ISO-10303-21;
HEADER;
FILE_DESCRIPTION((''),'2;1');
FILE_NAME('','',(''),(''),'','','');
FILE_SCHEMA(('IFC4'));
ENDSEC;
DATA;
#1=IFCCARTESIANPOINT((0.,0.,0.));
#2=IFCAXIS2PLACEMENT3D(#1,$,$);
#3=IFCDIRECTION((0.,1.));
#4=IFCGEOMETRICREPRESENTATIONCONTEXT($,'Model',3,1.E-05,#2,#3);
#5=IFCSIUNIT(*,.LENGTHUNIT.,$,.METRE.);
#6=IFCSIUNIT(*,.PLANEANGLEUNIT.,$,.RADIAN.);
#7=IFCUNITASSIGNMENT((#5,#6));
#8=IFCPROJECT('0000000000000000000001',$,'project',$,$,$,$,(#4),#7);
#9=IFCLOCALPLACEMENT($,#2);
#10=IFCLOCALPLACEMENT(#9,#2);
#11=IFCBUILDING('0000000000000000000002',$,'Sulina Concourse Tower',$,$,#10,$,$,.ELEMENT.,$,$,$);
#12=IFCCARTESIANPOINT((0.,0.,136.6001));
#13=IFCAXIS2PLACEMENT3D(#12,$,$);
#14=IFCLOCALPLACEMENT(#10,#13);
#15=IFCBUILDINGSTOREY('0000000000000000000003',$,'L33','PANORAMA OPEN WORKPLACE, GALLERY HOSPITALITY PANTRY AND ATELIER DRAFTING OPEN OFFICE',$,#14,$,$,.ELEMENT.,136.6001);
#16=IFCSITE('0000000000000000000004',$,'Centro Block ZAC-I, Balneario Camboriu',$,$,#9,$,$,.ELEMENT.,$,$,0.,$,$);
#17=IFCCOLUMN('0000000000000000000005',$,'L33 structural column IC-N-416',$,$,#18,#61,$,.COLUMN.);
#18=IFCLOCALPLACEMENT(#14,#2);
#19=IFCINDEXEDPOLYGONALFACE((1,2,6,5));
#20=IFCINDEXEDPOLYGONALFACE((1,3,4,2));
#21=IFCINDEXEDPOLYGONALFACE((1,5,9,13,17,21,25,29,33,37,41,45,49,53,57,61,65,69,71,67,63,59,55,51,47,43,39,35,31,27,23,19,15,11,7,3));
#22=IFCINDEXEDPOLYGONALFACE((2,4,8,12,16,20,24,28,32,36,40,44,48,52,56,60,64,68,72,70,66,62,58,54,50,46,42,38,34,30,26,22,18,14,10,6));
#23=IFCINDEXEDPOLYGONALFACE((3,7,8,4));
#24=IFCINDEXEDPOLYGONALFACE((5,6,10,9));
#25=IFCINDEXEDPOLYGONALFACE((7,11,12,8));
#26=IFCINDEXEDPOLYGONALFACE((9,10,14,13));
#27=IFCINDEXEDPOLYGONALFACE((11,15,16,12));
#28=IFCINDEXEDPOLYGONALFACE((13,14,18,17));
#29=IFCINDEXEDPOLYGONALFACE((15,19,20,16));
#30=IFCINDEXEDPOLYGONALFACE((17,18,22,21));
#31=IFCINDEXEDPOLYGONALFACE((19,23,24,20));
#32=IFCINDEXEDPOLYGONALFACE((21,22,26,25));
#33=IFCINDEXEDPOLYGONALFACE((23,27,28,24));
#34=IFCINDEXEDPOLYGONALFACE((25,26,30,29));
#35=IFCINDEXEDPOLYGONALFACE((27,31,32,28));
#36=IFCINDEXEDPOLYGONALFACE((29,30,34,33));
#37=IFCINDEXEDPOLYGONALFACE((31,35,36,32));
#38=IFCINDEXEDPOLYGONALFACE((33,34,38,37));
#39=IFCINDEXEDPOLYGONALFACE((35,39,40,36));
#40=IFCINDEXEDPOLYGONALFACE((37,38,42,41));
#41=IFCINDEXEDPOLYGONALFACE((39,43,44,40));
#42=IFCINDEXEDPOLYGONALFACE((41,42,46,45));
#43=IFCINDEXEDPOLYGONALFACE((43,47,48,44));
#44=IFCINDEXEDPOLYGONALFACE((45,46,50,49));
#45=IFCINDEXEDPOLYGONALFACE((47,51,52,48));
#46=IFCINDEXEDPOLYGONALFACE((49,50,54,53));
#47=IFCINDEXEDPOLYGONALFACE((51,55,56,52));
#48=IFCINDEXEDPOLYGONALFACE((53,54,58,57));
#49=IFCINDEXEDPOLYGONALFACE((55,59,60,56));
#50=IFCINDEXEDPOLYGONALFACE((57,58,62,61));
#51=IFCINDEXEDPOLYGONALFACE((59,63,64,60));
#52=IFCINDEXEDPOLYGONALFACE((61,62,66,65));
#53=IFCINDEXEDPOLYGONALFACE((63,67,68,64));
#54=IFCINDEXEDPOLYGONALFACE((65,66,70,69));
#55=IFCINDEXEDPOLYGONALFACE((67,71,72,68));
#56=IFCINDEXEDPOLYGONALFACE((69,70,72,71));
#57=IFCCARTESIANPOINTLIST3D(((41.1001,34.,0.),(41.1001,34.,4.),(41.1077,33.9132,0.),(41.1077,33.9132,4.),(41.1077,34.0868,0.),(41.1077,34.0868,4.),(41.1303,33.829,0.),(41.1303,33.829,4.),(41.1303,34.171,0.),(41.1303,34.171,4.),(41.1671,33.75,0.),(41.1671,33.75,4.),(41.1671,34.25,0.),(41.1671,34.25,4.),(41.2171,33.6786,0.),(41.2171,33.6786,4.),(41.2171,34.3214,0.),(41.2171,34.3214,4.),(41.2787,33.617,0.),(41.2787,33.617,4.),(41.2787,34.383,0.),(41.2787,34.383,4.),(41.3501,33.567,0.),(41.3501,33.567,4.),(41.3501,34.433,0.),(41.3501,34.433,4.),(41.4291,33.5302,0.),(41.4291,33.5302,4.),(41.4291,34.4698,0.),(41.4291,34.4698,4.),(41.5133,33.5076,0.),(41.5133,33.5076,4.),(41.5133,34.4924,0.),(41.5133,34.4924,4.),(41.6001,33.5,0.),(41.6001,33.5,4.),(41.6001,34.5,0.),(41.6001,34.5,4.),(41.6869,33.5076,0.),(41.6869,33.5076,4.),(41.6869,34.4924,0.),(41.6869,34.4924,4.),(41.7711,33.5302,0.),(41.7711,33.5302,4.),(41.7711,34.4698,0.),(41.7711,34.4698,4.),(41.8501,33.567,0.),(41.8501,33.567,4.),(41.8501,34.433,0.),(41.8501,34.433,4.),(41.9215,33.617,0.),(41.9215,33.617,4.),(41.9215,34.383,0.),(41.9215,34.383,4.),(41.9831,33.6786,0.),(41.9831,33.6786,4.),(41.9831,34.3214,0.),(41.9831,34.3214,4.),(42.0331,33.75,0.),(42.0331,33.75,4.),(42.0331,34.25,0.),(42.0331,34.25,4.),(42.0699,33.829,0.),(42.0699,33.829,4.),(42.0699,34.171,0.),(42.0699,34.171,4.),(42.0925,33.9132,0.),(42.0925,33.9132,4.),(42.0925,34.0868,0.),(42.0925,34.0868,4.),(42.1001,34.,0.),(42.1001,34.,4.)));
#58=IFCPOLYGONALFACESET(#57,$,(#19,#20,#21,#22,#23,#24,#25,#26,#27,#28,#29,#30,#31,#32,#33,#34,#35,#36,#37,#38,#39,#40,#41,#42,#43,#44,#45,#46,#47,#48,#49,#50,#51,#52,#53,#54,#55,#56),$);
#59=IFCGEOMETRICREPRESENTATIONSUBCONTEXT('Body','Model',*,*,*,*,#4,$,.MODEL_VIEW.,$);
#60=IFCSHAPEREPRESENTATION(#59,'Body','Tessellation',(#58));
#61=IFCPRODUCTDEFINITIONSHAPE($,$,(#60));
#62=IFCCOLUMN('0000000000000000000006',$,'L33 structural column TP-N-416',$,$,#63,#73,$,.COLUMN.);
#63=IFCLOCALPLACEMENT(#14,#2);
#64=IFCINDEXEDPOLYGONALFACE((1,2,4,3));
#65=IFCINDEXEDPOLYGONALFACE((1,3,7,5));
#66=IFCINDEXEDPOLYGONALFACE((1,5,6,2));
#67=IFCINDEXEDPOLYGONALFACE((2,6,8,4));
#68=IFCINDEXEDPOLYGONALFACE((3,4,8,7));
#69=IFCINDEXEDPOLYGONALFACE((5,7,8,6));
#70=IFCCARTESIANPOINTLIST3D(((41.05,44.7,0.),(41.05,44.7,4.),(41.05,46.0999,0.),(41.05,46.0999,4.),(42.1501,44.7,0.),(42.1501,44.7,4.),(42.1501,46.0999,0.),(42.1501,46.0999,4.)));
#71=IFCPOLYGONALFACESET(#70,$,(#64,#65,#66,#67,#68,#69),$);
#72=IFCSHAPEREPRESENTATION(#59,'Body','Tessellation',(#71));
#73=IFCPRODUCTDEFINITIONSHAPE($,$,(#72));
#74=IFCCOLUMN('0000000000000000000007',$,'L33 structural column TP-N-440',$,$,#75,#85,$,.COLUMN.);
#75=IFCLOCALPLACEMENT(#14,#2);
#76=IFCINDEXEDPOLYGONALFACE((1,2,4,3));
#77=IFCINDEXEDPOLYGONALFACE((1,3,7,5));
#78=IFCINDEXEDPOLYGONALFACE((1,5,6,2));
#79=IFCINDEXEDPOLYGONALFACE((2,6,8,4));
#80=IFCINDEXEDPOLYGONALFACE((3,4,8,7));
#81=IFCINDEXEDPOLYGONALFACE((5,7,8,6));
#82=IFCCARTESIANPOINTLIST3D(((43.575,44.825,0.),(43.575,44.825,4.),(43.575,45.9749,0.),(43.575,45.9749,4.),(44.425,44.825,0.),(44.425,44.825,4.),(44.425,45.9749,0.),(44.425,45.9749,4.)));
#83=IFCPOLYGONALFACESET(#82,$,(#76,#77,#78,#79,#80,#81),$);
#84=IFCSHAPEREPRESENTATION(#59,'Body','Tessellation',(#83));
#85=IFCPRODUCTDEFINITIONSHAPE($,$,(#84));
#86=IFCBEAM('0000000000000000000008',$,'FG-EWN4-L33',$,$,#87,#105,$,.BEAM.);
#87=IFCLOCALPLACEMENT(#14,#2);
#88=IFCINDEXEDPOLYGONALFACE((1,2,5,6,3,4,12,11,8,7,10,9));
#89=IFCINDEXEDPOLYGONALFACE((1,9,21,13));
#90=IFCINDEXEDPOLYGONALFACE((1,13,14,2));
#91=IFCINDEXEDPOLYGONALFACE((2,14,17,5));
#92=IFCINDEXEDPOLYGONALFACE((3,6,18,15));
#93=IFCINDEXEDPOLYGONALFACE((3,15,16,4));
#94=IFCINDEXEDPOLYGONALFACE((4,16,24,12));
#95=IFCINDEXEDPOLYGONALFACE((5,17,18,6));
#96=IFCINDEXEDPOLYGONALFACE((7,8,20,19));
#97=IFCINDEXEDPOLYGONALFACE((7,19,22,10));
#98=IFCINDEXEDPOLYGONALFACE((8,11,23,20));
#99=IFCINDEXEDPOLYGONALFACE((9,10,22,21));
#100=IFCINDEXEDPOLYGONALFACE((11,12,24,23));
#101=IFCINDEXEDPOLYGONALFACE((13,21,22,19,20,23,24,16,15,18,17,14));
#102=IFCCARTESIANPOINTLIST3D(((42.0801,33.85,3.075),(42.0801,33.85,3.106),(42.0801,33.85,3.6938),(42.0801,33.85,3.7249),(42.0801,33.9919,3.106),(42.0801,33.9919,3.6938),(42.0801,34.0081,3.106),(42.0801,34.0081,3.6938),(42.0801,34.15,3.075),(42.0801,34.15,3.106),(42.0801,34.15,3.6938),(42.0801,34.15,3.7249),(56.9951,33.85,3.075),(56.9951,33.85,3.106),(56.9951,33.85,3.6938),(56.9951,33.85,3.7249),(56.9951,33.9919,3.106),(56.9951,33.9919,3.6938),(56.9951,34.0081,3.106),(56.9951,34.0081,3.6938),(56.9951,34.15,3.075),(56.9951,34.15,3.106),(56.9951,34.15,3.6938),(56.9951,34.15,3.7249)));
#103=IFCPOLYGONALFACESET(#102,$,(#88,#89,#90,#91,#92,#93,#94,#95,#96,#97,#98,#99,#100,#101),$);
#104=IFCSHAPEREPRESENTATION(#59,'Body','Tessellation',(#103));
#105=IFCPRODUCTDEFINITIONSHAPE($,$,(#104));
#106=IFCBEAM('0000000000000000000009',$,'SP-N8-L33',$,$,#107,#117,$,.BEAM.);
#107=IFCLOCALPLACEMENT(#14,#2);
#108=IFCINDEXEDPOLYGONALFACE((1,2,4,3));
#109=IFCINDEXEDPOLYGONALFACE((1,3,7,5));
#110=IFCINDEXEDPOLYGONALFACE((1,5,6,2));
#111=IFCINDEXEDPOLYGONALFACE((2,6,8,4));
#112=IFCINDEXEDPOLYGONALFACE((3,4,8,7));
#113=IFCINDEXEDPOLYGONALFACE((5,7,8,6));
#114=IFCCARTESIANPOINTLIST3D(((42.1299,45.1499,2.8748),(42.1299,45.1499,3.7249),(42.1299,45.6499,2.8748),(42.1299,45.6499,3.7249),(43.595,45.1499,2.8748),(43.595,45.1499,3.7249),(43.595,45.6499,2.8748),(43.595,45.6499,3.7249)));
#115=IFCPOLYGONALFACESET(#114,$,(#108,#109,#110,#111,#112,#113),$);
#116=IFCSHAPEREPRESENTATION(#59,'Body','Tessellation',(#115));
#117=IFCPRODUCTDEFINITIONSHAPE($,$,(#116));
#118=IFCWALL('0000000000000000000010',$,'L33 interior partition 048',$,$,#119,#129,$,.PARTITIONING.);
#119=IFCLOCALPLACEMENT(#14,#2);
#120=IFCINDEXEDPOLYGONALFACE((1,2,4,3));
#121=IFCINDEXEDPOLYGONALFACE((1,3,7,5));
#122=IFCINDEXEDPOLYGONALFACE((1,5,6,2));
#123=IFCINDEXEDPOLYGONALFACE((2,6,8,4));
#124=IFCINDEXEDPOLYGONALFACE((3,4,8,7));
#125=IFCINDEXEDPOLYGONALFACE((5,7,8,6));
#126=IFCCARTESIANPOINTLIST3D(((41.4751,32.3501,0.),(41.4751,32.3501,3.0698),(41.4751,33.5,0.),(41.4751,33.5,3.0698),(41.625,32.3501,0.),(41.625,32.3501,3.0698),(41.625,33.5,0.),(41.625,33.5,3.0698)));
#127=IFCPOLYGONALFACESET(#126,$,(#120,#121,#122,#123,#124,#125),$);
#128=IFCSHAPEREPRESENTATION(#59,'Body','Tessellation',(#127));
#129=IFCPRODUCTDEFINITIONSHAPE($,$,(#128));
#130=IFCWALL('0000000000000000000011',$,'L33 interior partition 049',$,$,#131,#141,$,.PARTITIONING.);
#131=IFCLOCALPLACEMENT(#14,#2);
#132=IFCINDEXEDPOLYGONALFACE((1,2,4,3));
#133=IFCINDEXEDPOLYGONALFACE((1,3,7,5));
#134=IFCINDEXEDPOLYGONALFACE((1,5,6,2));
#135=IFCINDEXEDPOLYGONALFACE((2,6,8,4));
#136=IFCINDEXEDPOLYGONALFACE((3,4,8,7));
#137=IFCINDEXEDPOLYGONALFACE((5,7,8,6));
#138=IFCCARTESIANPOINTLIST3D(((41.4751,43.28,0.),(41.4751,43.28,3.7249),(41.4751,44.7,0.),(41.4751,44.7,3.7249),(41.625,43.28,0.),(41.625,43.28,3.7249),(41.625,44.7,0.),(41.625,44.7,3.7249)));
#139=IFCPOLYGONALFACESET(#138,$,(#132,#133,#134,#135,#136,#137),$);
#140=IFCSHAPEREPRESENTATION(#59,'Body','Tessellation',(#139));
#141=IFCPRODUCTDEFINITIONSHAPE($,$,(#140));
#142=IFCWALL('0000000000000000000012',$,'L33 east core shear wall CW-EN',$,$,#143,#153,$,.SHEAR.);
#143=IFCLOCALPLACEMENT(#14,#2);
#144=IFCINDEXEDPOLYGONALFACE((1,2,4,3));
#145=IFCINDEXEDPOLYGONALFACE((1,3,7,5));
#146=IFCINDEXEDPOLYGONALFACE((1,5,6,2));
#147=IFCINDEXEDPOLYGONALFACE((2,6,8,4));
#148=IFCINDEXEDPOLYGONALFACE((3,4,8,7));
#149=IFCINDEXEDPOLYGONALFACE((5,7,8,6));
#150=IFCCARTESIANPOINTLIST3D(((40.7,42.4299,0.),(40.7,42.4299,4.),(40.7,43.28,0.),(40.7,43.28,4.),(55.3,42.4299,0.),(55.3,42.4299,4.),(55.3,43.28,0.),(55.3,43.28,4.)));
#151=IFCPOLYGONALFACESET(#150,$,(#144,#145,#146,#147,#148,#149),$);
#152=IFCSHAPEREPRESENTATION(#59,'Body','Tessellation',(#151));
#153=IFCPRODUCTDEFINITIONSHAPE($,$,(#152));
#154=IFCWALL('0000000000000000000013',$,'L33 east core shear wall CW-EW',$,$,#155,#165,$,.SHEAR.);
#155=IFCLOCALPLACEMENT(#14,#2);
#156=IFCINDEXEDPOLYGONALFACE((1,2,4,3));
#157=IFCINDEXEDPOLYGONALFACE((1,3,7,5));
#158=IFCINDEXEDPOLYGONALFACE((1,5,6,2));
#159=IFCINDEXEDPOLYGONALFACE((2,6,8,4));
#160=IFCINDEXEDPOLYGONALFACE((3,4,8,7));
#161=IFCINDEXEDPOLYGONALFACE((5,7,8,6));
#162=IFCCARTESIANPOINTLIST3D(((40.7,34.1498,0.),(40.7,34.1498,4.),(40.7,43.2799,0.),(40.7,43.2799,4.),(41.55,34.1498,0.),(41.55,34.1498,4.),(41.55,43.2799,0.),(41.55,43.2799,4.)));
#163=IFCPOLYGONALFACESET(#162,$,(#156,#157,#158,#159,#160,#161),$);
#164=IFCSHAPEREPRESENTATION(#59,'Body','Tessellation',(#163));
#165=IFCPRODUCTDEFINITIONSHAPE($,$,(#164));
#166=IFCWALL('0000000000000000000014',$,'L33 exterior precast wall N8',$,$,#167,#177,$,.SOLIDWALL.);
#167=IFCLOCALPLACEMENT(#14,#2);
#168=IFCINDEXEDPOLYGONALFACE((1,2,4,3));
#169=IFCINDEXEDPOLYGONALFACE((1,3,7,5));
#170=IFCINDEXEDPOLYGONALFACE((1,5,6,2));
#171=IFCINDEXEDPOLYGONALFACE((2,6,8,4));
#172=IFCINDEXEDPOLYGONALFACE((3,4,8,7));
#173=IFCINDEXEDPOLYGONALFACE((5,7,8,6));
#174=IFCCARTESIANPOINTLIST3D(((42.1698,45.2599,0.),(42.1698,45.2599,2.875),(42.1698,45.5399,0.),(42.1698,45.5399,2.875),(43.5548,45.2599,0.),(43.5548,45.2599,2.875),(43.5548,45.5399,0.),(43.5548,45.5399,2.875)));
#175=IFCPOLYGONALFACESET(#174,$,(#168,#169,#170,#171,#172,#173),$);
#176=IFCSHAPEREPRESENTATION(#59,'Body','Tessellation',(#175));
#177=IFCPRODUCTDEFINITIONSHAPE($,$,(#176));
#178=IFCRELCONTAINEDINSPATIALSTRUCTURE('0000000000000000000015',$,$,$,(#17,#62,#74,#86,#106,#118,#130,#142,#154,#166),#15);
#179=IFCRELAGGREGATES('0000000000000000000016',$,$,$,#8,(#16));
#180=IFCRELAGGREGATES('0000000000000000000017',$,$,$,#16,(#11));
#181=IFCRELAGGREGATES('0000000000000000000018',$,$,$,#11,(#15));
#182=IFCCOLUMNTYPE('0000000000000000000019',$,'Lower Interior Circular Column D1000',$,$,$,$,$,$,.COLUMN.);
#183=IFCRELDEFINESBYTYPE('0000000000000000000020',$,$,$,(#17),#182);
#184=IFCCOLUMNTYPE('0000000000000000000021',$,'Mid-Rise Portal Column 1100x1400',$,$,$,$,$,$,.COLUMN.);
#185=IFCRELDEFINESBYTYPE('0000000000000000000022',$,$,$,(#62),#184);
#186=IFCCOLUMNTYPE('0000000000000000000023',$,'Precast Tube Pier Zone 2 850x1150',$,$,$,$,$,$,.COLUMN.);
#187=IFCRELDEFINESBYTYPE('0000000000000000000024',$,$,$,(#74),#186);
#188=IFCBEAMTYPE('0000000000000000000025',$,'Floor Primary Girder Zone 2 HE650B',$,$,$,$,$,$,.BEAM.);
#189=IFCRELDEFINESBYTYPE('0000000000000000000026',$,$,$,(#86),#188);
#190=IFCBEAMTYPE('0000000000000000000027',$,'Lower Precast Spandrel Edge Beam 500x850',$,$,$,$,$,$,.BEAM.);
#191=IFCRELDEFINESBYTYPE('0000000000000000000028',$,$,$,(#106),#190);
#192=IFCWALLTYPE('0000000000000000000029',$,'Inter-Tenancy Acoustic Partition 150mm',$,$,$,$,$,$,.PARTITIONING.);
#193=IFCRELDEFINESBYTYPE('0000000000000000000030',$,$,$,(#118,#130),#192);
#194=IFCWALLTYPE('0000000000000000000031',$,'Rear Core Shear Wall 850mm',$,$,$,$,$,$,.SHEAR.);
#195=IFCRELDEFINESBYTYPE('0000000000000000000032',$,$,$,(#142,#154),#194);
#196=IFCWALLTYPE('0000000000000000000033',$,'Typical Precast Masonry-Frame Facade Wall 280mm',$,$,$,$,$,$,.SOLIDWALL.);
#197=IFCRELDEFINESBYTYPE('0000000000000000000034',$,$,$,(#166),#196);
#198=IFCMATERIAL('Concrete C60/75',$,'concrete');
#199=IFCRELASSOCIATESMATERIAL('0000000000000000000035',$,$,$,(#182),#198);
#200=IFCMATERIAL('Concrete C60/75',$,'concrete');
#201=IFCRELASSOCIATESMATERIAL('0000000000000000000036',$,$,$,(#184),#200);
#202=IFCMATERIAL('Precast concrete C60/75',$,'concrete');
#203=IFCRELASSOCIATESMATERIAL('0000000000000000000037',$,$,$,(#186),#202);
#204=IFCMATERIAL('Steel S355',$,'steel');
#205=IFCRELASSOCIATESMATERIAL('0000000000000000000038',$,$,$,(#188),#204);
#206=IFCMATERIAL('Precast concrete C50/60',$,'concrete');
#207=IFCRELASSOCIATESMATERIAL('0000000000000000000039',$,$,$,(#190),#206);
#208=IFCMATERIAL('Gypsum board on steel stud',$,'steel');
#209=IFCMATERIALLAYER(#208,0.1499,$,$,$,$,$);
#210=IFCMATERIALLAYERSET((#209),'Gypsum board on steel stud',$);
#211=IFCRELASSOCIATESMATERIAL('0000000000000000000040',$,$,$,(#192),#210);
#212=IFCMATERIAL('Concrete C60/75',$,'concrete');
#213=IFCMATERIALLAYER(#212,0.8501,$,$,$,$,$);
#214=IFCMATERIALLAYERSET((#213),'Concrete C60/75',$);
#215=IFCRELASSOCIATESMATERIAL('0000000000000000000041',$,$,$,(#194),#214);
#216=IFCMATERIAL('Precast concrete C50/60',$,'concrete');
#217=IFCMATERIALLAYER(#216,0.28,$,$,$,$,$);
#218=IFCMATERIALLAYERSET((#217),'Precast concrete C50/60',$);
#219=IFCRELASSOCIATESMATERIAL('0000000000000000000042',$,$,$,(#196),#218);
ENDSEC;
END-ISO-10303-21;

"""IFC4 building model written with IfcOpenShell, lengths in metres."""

from ifc_helpers import new_model, si_unit, direction, frame, frame_2d, origin, origin_2d, place, context, subcontext, project, spatial, rectangle, circle, i_section, extrude, material, layer, layer_set, material_profile, profile_set, type_object, element, save


model = new_model("IFC4")

# Units and contexts
model_context = context("Model", 3, precision=1e-05, world=origin(), true_north=direction((0.0, 1.0)))
body_context = subcontext(model_context, "Body", "Model", "MODEL_VIEW")
ifc_project = project(units=[si_unit("LENGTHUNIT", "METRE"), si_unit("PLANEANGLEUNIT", "RADIAN")], contexts=[model_context])

# Site, building, storey
site_placement = place(None, origin())
site = spatial("IfcSite", under=ifc_project, at=site_placement, Name="Centro Block ZAC-I, Balneario Camboriu", CompositionType="ELEMENT", RefElevation=0.0)
building_placement = place(site_placement, origin())
building = spatial("IfcBuilding", under=site, at=building_placement, Name="Sulina Concourse Tower", CompositionType="ELEMENT")
storey_placement = place(building_placement, frame((0.0, 0.0, 136.6001)))
storey = spatial("IfcBuildingStorey", under=building, at=storey_placement, Name="L33", Description="PANORAMA OPEN WORKPLACE, GALLERY HOSPITALITY PANTRY AND ATELIER DRAFTING OPEN OFFICE", CompositionType="ELEMENT", Elevation=136.6001)

# Columns
ifc_material_1 = material(Name="Concrete C60/75", Category="concrete")
ifc_material_profile_1 = material_profile(ifc_material_1, circle(Radius=0.5, at=origin_2d()), Name="RC D1000")
ifc_profile_set_1 = profile_set([ifc_material_profile_1], Name="Concrete C60/75")
column_type_1 = type_object("IfcColumnType", Name="Lower Interior Circular Column D1000", PredefinedType="COLUMN", material=ifc_profile_set_1)
column_1_placement = place(storey_placement, frame((41.6001, 34.0, 0.0), z_axis=(0.0, 0.0, 1.0), x_axis=(1.0, 0.0, 0.0)))
element("IfcColumn", 1, at=column_1_placement, inside=storey, type_object=column_type_1, Name="L33 structural column IC-N-416", PredefinedType="COLUMN", context=body_context, shape_type="SweptSolid", body=[
    extrude(circle(Radius=0.5, at=origin_2d()), origin(), (0.0, 0.0, 1.0), 4.0),
])
ifc_material_2 = material(Name="Concrete C60/75", Category="concrete")
ifc_material_profile_2 = material_profile(ifc_material_2, rectangle(XDim=1.1001, YDim=1.3999, at=origin_2d()), Name="RC 1100x1400")
ifc_profile_set_2 = profile_set([ifc_material_profile_2], Name="Concrete C60/75")
column_type_2 = type_object("IfcColumnType", Name="Mid-Rise Portal Column 1100x1400", PredefinedType="COLUMN", material=ifc_profile_set_2)
column_2_placement = place(storey_placement, frame((41.6001, 45.3999, 0.0), z_axis=(0.0, 0.0, 1.0), x_axis=(1.0, 0.0, 0.0)))
element("IfcColumn", 2, at=column_2_placement, inside=storey, type_object=column_type_2, Name="L33 structural column TP-N-416", PredefinedType="COLUMN", context=body_context, shape_type="SweptSolid", body=[
    extrude(rectangle(XDim=1.1001, YDim=1.3999, at=origin_2d()), origin(), (0.0, 0.0, 1.0), 4.0),
])
ifc_material_3 = material(Name="Precast concrete C60/75", Category="concrete")
ifc_material_profile_3 = material_profile(ifc_material_3, rectangle(XDim=0.8501, YDim=1.1499, at=origin_2d()), Name="PC 850x1150")
ifc_profile_set_3 = profile_set([ifc_material_profile_3], Name="Precast concrete C60/75")
column_type_3 = type_object("IfcColumnType", Name="Precast Tube Pier Zone 2 850x1150", PredefinedType="COLUMN", material=ifc_profile_set_3)
column_3_placement = place(storey_placement, frame((44.0, 45.3999, 0.0), z_axis=(0.0, 0.0, 1.0), x_axis=(1.0, 0.0, 0.0)))
element("IfcColumn", 3, at=column_3_placement, inside=storey, type_object=column_type_3, Name="L33 structural column TP-N-440", PredefinedType="COLUMN", context=body_context, shape_type="SweptSolid", body=[
    extrude(rectangle(XDim=0.8501, YDim=1.1499, at=origin_2d()), origin(), (0.0, 0.0, 1.0), 4.0),
])

# Beams
ifc_material_4 = material(Name="Steel S355", Category="steel")
ifc_material_profile_4 = material_profile(ifc_material_4, i_section(OverallWidth=0.3, OverallDepth=0.6499, WebThickness=0.0161, FlangeThickness=0.031, at=origin_2d()), Name="HE 650 B")
ifc_profile_set_4 = profile_set([ifc_material_profile_4], Name="Steel S355")
beam_type_1 = type_object("IfcBeamType", Name="Floor Primary Girder Zone 2 HE650B", PredefinedType="BEAM", material=ifc_profile_set_4)
beam_1_placement = place(storey_placement, frame((42.0801, 34.0, 3.3999), z_axis=(1.0, 0.0, 0.0), x_axis=(0.0, 1.0, 0.0)))
element("IfcBeam", 4, at=beam_1_placement, inside=storey, type_object=beam_type_1, Name="FG-EWN4-L33", PredefinedType="BEAM", context=body_context, shape_type="SweptSolid", body=[
    extrude(i_section(OverallWidth=0.3, OverallDepth=0.6499, WebThickness=0.0161, FlangeThickness=0.031, at=origin_2d()), origin(), (0.0, 0.0, 1.0), 14.915),
])
ifc_material_5 = material(Name="Precast concrete C50/60", Category="concrete")
ifc_material_profile_5 = material_profile(ifc_material_5, rectangle(XDim=0.5, YDim=0.8501, at=origin_2d()), Name="RC 500x850")
ifc_profile_set_5 = profile_set([ifc_material_profile_5], Name="Precast concrete C50/60")
beam_type_2 = type_object("IfcBeamType", Name="Lower Precast Spandrel Edge Beam 500x850", PredefinedType="BEAM", material=ifc_profile_set_5)
beam_2_placement = place(storey_placement, frame((42.1299, 45.3999, 3.2998), z_axis=(1.0, 0.0, 0.0), x_axis=(0.0, 1.0, 0.0)))
element("IfcBeam", 5, at=beam_2_placement, inside=storey, type_object=beam_type_2, Name="SP-N8-L33", PredefinedType="BEAM", context=body_context, shape_type="SweptSolid", body=[
    extrude(rectangle(XDim=0.5, YDim=0.8501, at=origin_2d()), origin(), (0.0, 0.0, 1.0), 1.4651),
])

# Walls
ifc_material_6 = material(Name="Gypsum board on steel stud", Category="steel")
ifc_layer_1 = layer(ifc_material_6, 0.1499)
ifc_layer_set_1 = layer_set([ifc_layer_1], Name="Gypsum board on steel stud")
wall_type_1 = type_object("IfcWallType", Name="Inter-Tenancy Acoustic Partition 150mm", PredefinedType="PARTITIONING", material=ifc_layer_set_1)
wall_1_placement = place(storey_placement, frame((41.55, 32.3501, 0.0), z_axis=(0.0, 0.0, 1.0), x_axis=(0.0, 1.0, 0.0)))
element("IfcWall", 6, at=wall_1_placement, inside=storey, type_object=wall_type_1, Name="L33 interior partition 048", PredefinedType="PARTITIONING", context=body_context, shape_type="SweptSolid", body=[
    extrude(rectangle(XDim=1.1499, YDim=0.1499, at=frame_2d((0.575, 0.0))), origin(), (0.0, 0.0, 1.0), 3.0698),
])
wall_2_placement = place(storey_placement, frame((41.55, 43.28, 0.0), z_axis=(0.0, 0.0, 1.0), x_axis=(0.0, 1.0, 0.0)))
element("IfcWall", 7, at=wall_2_placement, inside=storey, type_object=wall_type_1, Name="L33 interior partition 049", PredefinedType="PARTITIONING", context=body_context, shape_type="SweptSolid", body=[
    extrude(rectangle(XDim=1.4199, YDim=0.1499, at=frame_2d((0.71, 0.0))), origin(), (0.0, 0.0, 1.0), 3.7249),
])
ifc_material_7 = material(Name="Concrete C60/75", Category="concrete")
ifc_layer_2 = layer(ifc_material_7, 0.8501)
ifc_layer_set_2 = layer_set([ifc_layer_2], Name="Concrete C60/75")
wall_type_2 = type_object("IfcWallType", Name="Rear Core Shear Wall 850mm", PredefinedType="SHEAR", material=ifc_layer_set_2)
wall_3_placement = place(storey_placement, frame((40.7, 42.855, 0.0), z_axis=(0.0, 0.0, 1.0), x_axis=(1.0, 0.0, 0.0)))
element("IfcWall", 8, at=wall_3_placement, inside=storey, type_object=wall_type_2, Name="L33 east core shear wall CW-EN", PredefinedType="SHEAR", context=body_context, shape_type="SweptSolid", body=[
    extrude(rectangle(XDim=14.6001, YDim=0.8501, at=frame_2d((7.3, 0.0))), origin(), (0.0, 0.0, 1.0), 4.0),
])
wall_4_placement = place(storey_placement, frame((41.125, 34.1499, 0.0), z_axis=(0.0, 0.0, 1.0), x_axis=(0.0, 1.0, 0.0)))
element("IfcWall", 9, at=wall_4_placement, inside=storey, type_object=wall_type_2, Name="L33 east core shear wall CW-EW", PredefinedType="SHEAR", context=body_context, shape_type="SweptSolid", body=[
    extrude(rectangle(XDim=9.1301, YDim=0.8501, at=frame_2d((4.5649, 0.0))), origin(), (0.0, 0.0, 1.0), 4.0),
])
ifc_material_8 = material(Name="Precast concrete C50/60", Category="concrete")
ifc_layer_3 = layer(ifc_material_8, 0.28)
ifc_layer_set_3 = layer_set([ifc_layer_3], Name="Precast concrete C50/60")
wall_type_3 = type_object("IfcWallType", Name="Typical Precast Masonry-Frame Facade Wall 280mm", PredefinedType="SOLIDWALL", material=ifc_layer_set_3)
wall_5_placement = place(storey_placement, frame((42.1699, 45.3999, 0.0), z_axis=(0.0, 0.0, 1.0), x_axis=(1.0, 0.0, 0.0)))
element("IfcWall", 10, at=wall_5_placement, inside=storey, type_object=wall_type_3, Name="L33 exterior precast wall N8", PredefinedType="SOLIDWALL", context=body_context, shape_type="SweptSolid", body=[
    extrude(rectangle(XDim=1.385, YDim=0.28, at=frame_2d((0.6924, 0.0))), origin(), (0.0, 0.0, 1.0), 2.875),
])

save(model, "model.ifc")
